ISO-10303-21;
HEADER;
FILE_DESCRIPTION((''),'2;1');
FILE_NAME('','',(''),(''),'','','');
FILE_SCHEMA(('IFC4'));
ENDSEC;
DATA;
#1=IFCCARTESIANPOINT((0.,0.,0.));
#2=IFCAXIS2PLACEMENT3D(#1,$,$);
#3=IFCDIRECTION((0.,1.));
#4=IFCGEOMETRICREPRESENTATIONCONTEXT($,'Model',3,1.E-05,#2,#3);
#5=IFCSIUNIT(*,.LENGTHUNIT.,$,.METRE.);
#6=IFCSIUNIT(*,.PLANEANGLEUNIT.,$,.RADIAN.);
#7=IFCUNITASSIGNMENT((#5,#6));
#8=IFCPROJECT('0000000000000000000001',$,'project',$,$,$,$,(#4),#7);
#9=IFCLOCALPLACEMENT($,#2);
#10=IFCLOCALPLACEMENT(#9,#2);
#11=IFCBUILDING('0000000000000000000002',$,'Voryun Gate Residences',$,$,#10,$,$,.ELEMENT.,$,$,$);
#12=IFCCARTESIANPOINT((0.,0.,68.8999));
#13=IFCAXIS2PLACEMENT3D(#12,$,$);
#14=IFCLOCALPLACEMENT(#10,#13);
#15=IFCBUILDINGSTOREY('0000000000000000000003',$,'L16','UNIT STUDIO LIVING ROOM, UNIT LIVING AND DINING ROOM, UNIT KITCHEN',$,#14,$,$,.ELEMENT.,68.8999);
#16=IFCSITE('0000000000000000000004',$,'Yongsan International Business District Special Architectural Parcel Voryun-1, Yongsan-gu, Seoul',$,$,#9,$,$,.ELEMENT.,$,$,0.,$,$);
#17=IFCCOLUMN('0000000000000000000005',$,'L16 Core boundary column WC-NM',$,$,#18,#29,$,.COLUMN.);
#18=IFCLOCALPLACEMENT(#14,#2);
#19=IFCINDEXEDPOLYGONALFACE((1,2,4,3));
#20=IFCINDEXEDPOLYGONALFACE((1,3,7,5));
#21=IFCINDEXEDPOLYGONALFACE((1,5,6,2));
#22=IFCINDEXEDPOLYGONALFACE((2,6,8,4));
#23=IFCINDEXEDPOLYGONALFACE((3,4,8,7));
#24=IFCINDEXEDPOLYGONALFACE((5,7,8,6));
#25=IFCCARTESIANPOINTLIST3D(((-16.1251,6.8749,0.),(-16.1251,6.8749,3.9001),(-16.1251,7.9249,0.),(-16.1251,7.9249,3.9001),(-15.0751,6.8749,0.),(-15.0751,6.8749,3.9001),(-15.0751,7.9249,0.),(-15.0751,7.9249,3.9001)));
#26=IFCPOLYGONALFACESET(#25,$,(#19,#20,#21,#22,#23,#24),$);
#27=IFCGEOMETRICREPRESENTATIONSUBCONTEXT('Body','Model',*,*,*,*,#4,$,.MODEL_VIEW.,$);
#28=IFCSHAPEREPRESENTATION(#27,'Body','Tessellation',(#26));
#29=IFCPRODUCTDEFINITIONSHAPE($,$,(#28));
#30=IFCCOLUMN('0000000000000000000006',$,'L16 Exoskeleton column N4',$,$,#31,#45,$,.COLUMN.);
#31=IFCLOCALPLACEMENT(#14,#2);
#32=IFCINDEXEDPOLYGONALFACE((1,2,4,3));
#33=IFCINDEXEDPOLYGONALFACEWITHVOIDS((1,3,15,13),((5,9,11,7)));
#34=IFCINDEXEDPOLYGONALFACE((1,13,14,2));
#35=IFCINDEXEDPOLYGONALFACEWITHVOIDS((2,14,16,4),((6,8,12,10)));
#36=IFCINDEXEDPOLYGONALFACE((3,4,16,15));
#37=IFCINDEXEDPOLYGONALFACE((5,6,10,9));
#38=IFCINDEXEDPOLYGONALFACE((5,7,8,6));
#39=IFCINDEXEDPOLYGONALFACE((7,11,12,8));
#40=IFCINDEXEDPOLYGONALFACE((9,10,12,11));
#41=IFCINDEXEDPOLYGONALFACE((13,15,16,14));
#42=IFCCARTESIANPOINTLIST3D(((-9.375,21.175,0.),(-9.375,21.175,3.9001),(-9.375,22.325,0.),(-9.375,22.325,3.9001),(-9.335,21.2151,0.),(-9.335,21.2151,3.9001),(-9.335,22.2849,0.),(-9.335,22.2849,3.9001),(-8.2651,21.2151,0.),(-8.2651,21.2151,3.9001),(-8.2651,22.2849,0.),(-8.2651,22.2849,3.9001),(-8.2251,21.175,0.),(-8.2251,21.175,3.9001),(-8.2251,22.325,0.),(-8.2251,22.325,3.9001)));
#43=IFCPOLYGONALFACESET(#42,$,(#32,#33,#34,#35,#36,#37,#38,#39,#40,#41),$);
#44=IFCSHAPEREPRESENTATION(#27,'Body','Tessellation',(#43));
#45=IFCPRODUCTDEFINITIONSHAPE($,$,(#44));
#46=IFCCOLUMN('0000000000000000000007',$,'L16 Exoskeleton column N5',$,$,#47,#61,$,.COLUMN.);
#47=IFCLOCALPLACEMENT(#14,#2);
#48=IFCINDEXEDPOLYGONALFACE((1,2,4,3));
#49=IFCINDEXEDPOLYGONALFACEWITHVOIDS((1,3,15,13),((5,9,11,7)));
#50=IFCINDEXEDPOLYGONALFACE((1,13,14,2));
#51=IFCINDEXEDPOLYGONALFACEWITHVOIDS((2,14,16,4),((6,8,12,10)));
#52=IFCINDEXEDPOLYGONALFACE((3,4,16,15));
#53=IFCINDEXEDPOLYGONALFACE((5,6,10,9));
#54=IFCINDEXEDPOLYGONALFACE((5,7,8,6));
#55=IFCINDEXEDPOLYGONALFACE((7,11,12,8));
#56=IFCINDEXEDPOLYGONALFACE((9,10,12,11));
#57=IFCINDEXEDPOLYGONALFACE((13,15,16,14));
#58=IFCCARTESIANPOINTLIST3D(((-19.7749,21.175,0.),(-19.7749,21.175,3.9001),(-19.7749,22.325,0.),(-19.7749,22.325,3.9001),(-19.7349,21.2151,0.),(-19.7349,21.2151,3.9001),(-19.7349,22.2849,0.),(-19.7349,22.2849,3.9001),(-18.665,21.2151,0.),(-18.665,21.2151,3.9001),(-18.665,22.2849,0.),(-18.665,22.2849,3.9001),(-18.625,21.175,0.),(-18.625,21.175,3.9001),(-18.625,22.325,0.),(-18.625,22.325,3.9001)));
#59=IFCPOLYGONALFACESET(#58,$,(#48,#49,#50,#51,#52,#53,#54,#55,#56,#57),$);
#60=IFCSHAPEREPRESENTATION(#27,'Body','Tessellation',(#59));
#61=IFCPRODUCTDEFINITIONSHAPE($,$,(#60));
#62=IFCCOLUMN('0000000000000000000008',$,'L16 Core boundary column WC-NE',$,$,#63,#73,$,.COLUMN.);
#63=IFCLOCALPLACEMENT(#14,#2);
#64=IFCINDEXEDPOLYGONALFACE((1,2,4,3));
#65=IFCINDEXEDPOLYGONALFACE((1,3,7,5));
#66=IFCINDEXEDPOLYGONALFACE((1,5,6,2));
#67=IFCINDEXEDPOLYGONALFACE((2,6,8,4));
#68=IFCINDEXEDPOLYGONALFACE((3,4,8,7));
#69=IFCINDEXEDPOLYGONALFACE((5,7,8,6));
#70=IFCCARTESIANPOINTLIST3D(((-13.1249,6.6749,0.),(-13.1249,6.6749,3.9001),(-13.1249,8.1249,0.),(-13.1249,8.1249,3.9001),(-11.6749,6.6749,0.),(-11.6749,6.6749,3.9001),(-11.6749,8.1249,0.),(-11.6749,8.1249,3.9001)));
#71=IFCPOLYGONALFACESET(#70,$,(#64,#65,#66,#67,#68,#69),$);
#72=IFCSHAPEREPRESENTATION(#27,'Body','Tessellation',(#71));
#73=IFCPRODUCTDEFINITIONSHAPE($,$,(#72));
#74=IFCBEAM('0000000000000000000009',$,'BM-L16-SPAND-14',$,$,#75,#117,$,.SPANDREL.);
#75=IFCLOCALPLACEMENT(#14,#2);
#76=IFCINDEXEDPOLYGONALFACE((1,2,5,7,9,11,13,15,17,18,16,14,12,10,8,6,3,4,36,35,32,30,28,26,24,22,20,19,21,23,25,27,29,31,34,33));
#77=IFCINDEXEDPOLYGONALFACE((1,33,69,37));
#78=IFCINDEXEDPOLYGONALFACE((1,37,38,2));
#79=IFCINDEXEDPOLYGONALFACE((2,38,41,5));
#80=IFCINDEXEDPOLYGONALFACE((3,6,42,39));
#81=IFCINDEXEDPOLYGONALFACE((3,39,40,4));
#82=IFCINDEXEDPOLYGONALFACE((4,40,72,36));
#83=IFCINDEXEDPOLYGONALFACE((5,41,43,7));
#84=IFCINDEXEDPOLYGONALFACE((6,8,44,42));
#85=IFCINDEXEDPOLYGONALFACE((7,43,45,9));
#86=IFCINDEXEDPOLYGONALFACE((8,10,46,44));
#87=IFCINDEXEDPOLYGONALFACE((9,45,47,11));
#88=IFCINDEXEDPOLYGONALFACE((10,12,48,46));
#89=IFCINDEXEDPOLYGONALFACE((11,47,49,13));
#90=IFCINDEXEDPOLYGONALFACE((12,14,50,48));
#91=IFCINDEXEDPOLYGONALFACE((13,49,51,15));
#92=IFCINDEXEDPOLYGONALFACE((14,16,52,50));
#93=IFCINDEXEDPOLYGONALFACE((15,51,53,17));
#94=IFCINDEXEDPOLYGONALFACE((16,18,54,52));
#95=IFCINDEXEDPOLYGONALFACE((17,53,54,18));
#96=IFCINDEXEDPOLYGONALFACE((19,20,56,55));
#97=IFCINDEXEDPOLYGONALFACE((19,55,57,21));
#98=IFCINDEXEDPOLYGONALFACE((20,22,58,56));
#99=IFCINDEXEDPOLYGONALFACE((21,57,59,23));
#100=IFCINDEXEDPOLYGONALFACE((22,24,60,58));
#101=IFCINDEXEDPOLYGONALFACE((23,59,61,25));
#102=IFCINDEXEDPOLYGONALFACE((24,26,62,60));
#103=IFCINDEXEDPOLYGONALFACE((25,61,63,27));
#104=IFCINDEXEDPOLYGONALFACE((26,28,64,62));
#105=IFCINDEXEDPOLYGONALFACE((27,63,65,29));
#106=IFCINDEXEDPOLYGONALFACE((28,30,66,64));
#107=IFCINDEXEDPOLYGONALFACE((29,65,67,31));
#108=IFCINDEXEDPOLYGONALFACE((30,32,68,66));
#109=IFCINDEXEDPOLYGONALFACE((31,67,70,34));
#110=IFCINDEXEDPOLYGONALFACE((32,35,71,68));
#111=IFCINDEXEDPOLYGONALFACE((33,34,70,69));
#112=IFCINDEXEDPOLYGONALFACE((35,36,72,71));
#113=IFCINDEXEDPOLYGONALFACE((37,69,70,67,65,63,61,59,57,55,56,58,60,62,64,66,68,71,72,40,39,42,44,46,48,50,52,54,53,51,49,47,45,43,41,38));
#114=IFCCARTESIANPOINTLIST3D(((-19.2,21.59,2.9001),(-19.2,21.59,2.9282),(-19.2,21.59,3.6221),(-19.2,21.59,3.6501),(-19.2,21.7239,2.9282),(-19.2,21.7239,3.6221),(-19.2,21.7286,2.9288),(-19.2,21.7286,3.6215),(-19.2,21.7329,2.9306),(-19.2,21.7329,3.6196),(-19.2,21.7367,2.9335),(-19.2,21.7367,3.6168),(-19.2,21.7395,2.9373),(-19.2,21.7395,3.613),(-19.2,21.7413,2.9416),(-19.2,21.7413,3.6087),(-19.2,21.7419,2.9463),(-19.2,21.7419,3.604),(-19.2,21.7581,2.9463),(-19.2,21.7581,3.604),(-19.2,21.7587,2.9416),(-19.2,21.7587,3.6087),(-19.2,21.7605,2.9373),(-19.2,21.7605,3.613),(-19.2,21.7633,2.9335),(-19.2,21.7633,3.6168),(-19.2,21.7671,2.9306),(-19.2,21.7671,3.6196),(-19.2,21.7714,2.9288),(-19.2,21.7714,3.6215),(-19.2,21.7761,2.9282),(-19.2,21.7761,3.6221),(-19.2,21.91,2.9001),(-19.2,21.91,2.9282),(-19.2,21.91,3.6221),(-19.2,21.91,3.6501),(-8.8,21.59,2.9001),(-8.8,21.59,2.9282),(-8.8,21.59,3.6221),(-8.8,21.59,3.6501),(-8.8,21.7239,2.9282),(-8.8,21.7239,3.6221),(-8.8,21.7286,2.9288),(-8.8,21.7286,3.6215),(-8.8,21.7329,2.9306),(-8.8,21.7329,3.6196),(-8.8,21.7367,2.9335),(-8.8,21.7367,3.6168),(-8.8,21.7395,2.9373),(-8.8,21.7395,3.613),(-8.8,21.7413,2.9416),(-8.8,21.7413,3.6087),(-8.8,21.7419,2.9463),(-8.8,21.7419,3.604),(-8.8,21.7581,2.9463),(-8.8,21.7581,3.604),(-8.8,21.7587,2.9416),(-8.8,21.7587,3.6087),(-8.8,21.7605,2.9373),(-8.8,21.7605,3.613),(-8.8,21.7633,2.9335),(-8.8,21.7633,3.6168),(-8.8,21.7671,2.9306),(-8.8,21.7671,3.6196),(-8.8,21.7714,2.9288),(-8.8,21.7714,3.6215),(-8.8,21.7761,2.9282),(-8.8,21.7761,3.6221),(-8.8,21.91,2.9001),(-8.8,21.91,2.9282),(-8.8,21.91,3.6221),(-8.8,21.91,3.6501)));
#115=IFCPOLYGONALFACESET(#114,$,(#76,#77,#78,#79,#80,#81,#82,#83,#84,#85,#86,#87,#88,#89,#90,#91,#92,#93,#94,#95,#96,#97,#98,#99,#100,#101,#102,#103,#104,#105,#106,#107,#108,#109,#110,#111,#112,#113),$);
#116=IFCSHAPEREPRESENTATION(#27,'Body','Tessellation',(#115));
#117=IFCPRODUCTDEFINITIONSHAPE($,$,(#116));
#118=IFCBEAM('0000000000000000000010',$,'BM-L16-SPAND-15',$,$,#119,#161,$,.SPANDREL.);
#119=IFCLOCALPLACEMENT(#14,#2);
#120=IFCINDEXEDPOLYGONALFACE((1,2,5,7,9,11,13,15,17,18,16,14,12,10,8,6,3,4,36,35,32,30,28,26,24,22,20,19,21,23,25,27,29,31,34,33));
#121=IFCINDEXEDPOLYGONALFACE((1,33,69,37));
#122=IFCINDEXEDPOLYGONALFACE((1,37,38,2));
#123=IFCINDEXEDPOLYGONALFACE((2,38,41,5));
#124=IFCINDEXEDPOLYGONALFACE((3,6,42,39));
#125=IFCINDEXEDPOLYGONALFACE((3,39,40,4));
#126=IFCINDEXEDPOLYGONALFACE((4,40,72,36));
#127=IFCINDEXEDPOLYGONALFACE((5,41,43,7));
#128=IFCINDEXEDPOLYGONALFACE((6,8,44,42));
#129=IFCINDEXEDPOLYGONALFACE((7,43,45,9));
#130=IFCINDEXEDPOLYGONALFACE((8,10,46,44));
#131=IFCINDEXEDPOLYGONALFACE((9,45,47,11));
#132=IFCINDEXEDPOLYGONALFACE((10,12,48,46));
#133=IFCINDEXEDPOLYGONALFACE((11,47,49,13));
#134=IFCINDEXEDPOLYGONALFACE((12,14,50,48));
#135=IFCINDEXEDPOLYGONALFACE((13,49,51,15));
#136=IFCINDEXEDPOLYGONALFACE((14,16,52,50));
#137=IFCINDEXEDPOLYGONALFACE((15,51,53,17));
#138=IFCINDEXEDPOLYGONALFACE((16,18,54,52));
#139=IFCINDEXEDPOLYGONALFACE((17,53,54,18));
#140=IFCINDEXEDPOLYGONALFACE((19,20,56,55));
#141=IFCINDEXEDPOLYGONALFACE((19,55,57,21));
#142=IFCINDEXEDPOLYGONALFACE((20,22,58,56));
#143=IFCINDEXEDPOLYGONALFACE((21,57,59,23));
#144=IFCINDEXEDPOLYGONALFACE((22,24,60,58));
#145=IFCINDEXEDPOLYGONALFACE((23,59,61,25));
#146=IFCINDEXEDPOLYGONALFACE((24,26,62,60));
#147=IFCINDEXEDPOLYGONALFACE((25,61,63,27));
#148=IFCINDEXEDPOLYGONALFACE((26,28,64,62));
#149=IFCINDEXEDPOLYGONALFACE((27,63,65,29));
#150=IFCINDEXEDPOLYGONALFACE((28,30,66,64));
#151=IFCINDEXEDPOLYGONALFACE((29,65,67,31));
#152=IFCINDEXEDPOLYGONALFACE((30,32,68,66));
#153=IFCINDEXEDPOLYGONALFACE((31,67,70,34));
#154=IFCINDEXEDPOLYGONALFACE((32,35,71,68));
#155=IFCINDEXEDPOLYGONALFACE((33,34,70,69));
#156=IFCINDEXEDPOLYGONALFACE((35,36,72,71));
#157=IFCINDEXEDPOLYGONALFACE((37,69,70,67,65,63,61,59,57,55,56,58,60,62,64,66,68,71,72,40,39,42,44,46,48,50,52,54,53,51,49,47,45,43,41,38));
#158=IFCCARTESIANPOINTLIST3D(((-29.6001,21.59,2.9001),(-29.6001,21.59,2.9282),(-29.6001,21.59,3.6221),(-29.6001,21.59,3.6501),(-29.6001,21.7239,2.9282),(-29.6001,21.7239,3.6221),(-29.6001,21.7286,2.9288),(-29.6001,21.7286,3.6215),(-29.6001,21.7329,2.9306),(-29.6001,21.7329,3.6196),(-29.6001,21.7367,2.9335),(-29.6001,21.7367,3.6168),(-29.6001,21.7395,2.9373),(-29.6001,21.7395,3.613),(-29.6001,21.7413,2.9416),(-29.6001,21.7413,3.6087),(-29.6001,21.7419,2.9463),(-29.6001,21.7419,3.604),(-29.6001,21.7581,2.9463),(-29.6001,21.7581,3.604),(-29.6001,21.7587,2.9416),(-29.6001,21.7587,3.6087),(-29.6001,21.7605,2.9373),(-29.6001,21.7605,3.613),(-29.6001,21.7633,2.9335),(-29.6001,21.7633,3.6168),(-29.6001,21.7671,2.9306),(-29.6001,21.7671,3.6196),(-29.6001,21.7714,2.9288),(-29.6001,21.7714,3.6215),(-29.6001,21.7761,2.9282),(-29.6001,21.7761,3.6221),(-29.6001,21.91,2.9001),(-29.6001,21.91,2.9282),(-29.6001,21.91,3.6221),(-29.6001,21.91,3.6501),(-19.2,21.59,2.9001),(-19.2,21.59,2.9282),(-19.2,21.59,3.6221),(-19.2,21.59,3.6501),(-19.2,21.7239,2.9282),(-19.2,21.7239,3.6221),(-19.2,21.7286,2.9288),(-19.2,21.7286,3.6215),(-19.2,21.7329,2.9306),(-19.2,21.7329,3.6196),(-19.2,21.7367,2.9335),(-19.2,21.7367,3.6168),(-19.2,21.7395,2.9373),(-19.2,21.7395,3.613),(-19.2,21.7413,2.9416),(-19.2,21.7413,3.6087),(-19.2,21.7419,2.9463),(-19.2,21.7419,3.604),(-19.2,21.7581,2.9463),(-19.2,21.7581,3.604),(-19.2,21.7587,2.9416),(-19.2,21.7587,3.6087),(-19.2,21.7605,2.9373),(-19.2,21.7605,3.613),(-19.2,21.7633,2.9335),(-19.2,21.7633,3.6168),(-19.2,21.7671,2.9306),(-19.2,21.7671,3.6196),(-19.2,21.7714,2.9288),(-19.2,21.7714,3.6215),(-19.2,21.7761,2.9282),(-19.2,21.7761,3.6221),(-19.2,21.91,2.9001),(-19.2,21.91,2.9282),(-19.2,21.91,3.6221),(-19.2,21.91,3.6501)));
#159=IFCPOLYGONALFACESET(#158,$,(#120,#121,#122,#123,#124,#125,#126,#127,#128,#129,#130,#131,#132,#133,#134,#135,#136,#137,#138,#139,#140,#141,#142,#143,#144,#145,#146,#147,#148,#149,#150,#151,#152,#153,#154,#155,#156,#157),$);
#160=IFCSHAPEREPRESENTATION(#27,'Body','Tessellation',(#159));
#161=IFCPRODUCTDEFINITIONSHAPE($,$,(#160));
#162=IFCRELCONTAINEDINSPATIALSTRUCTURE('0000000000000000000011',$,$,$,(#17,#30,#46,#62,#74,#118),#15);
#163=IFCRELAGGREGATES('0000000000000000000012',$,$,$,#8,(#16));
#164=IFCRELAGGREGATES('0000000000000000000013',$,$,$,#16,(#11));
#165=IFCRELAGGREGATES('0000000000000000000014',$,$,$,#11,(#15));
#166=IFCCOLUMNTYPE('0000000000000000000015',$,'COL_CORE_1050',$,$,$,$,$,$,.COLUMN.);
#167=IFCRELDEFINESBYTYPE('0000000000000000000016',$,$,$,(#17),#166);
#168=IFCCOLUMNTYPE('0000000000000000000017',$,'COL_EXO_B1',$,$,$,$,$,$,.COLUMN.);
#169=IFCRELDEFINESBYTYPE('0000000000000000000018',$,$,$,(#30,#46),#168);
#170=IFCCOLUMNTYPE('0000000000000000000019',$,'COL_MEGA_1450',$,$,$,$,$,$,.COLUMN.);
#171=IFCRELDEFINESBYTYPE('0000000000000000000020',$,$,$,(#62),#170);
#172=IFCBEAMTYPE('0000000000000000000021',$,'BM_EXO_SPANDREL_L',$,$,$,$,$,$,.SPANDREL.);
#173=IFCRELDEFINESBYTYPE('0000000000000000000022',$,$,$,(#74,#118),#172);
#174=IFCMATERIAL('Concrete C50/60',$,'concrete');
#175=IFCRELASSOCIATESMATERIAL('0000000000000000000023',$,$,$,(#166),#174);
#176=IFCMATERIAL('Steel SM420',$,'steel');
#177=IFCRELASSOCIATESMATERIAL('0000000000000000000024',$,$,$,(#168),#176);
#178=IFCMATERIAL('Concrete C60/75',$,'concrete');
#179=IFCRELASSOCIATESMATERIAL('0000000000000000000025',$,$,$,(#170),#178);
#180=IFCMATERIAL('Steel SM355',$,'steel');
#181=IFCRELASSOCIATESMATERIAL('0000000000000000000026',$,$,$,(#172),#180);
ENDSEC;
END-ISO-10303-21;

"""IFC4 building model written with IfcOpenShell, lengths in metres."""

from ifc_helpers import new_model, si_unit, direction, frame, origin, origin_2d, place, context, subcontext, project, spatial, rectangle, hollow_rectangle, i_section, extrude, material, material_profile, profile_set, type_object, element, save


model = new_model("IFC4")

# Units and contexts
model_context = context("Model", 3, precision=1e-05, world=origin(), true_north=direction((0.0, 1.0)))
body_context = subcontext(model_context, "Body", "Model", "MODEL_VIEW")
ifc_project = project(units=[si_unit("LENGTHUNIT", "METRE"), si_unit("PLANEANGLEUNIT", "RADIAN")], contexts=[model_context])

# Site, building, storey
site_placement = place(None, origin())
site = spatial("IfcSite", under=ifc_project, at=site_placement, Name="Yongsan International Business District Special Architectural Parcel Voryun-1, Yongsan-gu, Seoul", CompositionType="ELEMENT", RefElevation=0.0)
building_placement = place(site_placement, origin())
building = spatial("IfcBuilding", under=site, at=building_placement, Name="Voryun Gate Residences", CompositionType="ELEMENT")
storey_placement = place(building_placement, frame((0.0, 0.0, 68.8999)))
storey = spatial("IfcBuildingStorey", under=building, at=storey_placement, Name="L16", Description="UNIT STUDIO LIVING ROOM, UNIT LIVING AND DINING ROOM, UNIT KITCHEN", CompositionType="ELEMENT", Elevation=68.8999)

# Columns
ifc_material_1 = material(Name="Concrete C50/60", Category="concrete")
ifc_material_profile_1 = material_profile(ifc_material_1, rectangle(XDim=1.05, YDim=1.05, at=origin_2d()), Name="RC-1050x1050")
ifc_profile_set_1 = profile_set([ifc_material_profile_1], Name="Concrete C50/60")
column_type_1 = type_object("IfcColumnType", Name="COL_CORE_1050", PredefinedType="COLUMN", material=ifc_profile_set_1)
column_1_placement = place(storey_placement, frame((-15.6001, 7.3999, 0.0), z_axis=(0.0, 0.0, 1.0), x_axis=(1.0, 0.0, 0.0)))
element("IfcColumn", 1, at=column_1_placement, inside=storey, type_object=column_type_1, Name="L16 Core boundary column WC-NM", PredefinedType="COLUMN", context=body_context, shape_type="SweptSolid", body=[
    extrude(rectangle(XDim=1.05, YDim=1.05, at=origin_2d()), origin(), (0.0, 0.0, 1.0), 3.9001),
])
ifc_material_2 = material(Name="Steel SM420", Category="steel")
ifc_material_profile_2 = material_profile(ifc_material_2, hollow_rectangle(XDim=1.1499, YDim=1.1499, WallThickness=0.04, at=origin_2d()), Name="BOX-1150x1150x40")
ifc_profile_set_2 = profile_set([ifc_material_profile_2], Name="Steel SM420")
column_type_2 = type_object("IfcColumnType", Name="COL_EXO_B1", PredefinedType="COLUMN", material=ifc_profile_set_2)
for number, where, z_axis, x_axis, name in (
    (2, (-8.8, 21.75, 0.0), (0.0, 0.0, 1.0), (1.0, 0.0, 0.0), "L16 Exoskeleton column N4"),
    (3, (-19.2, 21.75, 0.0), (0.0, 0.0, 1.0), (1.0, 0.0, 0.0), "L16 Exoskeleton column N5"),
):
    element("IfcColumn", number, at=place(storey_placement, frame(where, z_axis=z_axis, x_axis=x_axis)), inside=storey, type_object=column_type_2, Name=name, PredefinedType="COLUMN", context=body_context, shape_type="SweptSolid", body=[
        extrude(hollow_rectangle(XDim=1.1499, YDim=1.1499, WallThickness=0.04, at=origin_2d()), origin(), (0.0, 0.0, 1.0), 3.9001),
    ])
ifc_material_3 = material(Name="Concrete C60/75", Category="concrete")
ifc_material_profile_3 = material_profile(ifc_material_3, rectangle(XDim=1.45, YDim=1.45, at=origin_2d()), Name="RC-1450x1450")
ifc_profile_set_3 = profile_set([ifc_material_profile_3], Name="Concrete C60/75")
column_type_3 = type_object("IfcColumnType", Name="COL_MEGA_1450", PredefinedType="COLUMN", material=ifc_profile_set_3)
column_2_placement = place(storey_placement, frame((-12.3999, 7.3999, 0.0), z_axis=(0.0, 0.0, 1.0), x_axis=(1.0, 0.0, 0.0)))
element("IfcColumn", 4, at=column_2_placement, inside=storey, type_object=column_type_3, Name="L16 Core boundary column WC-NE", PredefinedType="COLUMN", context=body_context, shape_type="SweptSolid", body=[
    extrude(rectangle(XDim=1.45, YDim=1.45, at=origin_2d()), origin(), (0.0, 0.0, 1.0), 3.9001),
])

# Beams
ifc_material_4 = material(Name="Steel SM355", Category="steel")
ifc_material_profile_4 = material_profile(ifc_material_4, i_section(OverallWidth=0.3201, OverallDepth=0.75, WebThickness=0.0161, FlangeThickness=0.0281, FilletRadius=0.0181, at=origin_2d()), Name="H-750x320x16x28")
ifc_profile_set_4 = profile_set([ifc_material_profile_4], Name="Steel SM355")
beam_type_1 = type_object("IfcBeamType", Name="BM_EXO_SPANDREL_L", PredefinedType="SPANDREL", material=ifc_profile_set_4)
beam_1_placement = place(storey_placement, frame((-8.8, 21.75, 3.2751), z_axis=(-1.0, 0.0, 0.0), x_axis=(0.0, -1.0, 0.0)))
element("IfcBeam", 5, at=beam_1_placement, inside=storey, type_object=beam_type_1, Name="BM-L16-SPAND-14", PredefinedType="SPANDREL", context=body_context, shape_type="SweptSolid", body=[
    extrude(i_section(OverallWidth=0.3201, OverallDepth=0.75, WebThickness=0.0161, FlangeThickness=0.0281, FilletRadius=0.0181, at=origin_2d()), origin(), (0.0, 0.0, 1.0), 10.3999),
])
beam_2_placement = place(storey_placement, frame((-19.2, 21.75, 3.2751), z_axis=(-1.0, 0.0, 0.0), x_axis=(0.0, -1.0, 0.0)))
element("IfcBeam", 6, at=beam_2_placement, inside=storey, type_object=beam_type_1, Name="BM-L16-SPAND-15", PredefinedType="SPANDREL", context=body_context, shape_type="SweptSolid", body=[
    extrude(i_section(OverallWidth=0.3201, OverallDepth=0.75, WebThickness=0.0161, FlangeThickness=0.0281, FilletRadius=0.0181, at=origin_2d()), origin(), (0.0, 0.0, 1.0), 10.4001),
])

save(model, "model.ifc")
